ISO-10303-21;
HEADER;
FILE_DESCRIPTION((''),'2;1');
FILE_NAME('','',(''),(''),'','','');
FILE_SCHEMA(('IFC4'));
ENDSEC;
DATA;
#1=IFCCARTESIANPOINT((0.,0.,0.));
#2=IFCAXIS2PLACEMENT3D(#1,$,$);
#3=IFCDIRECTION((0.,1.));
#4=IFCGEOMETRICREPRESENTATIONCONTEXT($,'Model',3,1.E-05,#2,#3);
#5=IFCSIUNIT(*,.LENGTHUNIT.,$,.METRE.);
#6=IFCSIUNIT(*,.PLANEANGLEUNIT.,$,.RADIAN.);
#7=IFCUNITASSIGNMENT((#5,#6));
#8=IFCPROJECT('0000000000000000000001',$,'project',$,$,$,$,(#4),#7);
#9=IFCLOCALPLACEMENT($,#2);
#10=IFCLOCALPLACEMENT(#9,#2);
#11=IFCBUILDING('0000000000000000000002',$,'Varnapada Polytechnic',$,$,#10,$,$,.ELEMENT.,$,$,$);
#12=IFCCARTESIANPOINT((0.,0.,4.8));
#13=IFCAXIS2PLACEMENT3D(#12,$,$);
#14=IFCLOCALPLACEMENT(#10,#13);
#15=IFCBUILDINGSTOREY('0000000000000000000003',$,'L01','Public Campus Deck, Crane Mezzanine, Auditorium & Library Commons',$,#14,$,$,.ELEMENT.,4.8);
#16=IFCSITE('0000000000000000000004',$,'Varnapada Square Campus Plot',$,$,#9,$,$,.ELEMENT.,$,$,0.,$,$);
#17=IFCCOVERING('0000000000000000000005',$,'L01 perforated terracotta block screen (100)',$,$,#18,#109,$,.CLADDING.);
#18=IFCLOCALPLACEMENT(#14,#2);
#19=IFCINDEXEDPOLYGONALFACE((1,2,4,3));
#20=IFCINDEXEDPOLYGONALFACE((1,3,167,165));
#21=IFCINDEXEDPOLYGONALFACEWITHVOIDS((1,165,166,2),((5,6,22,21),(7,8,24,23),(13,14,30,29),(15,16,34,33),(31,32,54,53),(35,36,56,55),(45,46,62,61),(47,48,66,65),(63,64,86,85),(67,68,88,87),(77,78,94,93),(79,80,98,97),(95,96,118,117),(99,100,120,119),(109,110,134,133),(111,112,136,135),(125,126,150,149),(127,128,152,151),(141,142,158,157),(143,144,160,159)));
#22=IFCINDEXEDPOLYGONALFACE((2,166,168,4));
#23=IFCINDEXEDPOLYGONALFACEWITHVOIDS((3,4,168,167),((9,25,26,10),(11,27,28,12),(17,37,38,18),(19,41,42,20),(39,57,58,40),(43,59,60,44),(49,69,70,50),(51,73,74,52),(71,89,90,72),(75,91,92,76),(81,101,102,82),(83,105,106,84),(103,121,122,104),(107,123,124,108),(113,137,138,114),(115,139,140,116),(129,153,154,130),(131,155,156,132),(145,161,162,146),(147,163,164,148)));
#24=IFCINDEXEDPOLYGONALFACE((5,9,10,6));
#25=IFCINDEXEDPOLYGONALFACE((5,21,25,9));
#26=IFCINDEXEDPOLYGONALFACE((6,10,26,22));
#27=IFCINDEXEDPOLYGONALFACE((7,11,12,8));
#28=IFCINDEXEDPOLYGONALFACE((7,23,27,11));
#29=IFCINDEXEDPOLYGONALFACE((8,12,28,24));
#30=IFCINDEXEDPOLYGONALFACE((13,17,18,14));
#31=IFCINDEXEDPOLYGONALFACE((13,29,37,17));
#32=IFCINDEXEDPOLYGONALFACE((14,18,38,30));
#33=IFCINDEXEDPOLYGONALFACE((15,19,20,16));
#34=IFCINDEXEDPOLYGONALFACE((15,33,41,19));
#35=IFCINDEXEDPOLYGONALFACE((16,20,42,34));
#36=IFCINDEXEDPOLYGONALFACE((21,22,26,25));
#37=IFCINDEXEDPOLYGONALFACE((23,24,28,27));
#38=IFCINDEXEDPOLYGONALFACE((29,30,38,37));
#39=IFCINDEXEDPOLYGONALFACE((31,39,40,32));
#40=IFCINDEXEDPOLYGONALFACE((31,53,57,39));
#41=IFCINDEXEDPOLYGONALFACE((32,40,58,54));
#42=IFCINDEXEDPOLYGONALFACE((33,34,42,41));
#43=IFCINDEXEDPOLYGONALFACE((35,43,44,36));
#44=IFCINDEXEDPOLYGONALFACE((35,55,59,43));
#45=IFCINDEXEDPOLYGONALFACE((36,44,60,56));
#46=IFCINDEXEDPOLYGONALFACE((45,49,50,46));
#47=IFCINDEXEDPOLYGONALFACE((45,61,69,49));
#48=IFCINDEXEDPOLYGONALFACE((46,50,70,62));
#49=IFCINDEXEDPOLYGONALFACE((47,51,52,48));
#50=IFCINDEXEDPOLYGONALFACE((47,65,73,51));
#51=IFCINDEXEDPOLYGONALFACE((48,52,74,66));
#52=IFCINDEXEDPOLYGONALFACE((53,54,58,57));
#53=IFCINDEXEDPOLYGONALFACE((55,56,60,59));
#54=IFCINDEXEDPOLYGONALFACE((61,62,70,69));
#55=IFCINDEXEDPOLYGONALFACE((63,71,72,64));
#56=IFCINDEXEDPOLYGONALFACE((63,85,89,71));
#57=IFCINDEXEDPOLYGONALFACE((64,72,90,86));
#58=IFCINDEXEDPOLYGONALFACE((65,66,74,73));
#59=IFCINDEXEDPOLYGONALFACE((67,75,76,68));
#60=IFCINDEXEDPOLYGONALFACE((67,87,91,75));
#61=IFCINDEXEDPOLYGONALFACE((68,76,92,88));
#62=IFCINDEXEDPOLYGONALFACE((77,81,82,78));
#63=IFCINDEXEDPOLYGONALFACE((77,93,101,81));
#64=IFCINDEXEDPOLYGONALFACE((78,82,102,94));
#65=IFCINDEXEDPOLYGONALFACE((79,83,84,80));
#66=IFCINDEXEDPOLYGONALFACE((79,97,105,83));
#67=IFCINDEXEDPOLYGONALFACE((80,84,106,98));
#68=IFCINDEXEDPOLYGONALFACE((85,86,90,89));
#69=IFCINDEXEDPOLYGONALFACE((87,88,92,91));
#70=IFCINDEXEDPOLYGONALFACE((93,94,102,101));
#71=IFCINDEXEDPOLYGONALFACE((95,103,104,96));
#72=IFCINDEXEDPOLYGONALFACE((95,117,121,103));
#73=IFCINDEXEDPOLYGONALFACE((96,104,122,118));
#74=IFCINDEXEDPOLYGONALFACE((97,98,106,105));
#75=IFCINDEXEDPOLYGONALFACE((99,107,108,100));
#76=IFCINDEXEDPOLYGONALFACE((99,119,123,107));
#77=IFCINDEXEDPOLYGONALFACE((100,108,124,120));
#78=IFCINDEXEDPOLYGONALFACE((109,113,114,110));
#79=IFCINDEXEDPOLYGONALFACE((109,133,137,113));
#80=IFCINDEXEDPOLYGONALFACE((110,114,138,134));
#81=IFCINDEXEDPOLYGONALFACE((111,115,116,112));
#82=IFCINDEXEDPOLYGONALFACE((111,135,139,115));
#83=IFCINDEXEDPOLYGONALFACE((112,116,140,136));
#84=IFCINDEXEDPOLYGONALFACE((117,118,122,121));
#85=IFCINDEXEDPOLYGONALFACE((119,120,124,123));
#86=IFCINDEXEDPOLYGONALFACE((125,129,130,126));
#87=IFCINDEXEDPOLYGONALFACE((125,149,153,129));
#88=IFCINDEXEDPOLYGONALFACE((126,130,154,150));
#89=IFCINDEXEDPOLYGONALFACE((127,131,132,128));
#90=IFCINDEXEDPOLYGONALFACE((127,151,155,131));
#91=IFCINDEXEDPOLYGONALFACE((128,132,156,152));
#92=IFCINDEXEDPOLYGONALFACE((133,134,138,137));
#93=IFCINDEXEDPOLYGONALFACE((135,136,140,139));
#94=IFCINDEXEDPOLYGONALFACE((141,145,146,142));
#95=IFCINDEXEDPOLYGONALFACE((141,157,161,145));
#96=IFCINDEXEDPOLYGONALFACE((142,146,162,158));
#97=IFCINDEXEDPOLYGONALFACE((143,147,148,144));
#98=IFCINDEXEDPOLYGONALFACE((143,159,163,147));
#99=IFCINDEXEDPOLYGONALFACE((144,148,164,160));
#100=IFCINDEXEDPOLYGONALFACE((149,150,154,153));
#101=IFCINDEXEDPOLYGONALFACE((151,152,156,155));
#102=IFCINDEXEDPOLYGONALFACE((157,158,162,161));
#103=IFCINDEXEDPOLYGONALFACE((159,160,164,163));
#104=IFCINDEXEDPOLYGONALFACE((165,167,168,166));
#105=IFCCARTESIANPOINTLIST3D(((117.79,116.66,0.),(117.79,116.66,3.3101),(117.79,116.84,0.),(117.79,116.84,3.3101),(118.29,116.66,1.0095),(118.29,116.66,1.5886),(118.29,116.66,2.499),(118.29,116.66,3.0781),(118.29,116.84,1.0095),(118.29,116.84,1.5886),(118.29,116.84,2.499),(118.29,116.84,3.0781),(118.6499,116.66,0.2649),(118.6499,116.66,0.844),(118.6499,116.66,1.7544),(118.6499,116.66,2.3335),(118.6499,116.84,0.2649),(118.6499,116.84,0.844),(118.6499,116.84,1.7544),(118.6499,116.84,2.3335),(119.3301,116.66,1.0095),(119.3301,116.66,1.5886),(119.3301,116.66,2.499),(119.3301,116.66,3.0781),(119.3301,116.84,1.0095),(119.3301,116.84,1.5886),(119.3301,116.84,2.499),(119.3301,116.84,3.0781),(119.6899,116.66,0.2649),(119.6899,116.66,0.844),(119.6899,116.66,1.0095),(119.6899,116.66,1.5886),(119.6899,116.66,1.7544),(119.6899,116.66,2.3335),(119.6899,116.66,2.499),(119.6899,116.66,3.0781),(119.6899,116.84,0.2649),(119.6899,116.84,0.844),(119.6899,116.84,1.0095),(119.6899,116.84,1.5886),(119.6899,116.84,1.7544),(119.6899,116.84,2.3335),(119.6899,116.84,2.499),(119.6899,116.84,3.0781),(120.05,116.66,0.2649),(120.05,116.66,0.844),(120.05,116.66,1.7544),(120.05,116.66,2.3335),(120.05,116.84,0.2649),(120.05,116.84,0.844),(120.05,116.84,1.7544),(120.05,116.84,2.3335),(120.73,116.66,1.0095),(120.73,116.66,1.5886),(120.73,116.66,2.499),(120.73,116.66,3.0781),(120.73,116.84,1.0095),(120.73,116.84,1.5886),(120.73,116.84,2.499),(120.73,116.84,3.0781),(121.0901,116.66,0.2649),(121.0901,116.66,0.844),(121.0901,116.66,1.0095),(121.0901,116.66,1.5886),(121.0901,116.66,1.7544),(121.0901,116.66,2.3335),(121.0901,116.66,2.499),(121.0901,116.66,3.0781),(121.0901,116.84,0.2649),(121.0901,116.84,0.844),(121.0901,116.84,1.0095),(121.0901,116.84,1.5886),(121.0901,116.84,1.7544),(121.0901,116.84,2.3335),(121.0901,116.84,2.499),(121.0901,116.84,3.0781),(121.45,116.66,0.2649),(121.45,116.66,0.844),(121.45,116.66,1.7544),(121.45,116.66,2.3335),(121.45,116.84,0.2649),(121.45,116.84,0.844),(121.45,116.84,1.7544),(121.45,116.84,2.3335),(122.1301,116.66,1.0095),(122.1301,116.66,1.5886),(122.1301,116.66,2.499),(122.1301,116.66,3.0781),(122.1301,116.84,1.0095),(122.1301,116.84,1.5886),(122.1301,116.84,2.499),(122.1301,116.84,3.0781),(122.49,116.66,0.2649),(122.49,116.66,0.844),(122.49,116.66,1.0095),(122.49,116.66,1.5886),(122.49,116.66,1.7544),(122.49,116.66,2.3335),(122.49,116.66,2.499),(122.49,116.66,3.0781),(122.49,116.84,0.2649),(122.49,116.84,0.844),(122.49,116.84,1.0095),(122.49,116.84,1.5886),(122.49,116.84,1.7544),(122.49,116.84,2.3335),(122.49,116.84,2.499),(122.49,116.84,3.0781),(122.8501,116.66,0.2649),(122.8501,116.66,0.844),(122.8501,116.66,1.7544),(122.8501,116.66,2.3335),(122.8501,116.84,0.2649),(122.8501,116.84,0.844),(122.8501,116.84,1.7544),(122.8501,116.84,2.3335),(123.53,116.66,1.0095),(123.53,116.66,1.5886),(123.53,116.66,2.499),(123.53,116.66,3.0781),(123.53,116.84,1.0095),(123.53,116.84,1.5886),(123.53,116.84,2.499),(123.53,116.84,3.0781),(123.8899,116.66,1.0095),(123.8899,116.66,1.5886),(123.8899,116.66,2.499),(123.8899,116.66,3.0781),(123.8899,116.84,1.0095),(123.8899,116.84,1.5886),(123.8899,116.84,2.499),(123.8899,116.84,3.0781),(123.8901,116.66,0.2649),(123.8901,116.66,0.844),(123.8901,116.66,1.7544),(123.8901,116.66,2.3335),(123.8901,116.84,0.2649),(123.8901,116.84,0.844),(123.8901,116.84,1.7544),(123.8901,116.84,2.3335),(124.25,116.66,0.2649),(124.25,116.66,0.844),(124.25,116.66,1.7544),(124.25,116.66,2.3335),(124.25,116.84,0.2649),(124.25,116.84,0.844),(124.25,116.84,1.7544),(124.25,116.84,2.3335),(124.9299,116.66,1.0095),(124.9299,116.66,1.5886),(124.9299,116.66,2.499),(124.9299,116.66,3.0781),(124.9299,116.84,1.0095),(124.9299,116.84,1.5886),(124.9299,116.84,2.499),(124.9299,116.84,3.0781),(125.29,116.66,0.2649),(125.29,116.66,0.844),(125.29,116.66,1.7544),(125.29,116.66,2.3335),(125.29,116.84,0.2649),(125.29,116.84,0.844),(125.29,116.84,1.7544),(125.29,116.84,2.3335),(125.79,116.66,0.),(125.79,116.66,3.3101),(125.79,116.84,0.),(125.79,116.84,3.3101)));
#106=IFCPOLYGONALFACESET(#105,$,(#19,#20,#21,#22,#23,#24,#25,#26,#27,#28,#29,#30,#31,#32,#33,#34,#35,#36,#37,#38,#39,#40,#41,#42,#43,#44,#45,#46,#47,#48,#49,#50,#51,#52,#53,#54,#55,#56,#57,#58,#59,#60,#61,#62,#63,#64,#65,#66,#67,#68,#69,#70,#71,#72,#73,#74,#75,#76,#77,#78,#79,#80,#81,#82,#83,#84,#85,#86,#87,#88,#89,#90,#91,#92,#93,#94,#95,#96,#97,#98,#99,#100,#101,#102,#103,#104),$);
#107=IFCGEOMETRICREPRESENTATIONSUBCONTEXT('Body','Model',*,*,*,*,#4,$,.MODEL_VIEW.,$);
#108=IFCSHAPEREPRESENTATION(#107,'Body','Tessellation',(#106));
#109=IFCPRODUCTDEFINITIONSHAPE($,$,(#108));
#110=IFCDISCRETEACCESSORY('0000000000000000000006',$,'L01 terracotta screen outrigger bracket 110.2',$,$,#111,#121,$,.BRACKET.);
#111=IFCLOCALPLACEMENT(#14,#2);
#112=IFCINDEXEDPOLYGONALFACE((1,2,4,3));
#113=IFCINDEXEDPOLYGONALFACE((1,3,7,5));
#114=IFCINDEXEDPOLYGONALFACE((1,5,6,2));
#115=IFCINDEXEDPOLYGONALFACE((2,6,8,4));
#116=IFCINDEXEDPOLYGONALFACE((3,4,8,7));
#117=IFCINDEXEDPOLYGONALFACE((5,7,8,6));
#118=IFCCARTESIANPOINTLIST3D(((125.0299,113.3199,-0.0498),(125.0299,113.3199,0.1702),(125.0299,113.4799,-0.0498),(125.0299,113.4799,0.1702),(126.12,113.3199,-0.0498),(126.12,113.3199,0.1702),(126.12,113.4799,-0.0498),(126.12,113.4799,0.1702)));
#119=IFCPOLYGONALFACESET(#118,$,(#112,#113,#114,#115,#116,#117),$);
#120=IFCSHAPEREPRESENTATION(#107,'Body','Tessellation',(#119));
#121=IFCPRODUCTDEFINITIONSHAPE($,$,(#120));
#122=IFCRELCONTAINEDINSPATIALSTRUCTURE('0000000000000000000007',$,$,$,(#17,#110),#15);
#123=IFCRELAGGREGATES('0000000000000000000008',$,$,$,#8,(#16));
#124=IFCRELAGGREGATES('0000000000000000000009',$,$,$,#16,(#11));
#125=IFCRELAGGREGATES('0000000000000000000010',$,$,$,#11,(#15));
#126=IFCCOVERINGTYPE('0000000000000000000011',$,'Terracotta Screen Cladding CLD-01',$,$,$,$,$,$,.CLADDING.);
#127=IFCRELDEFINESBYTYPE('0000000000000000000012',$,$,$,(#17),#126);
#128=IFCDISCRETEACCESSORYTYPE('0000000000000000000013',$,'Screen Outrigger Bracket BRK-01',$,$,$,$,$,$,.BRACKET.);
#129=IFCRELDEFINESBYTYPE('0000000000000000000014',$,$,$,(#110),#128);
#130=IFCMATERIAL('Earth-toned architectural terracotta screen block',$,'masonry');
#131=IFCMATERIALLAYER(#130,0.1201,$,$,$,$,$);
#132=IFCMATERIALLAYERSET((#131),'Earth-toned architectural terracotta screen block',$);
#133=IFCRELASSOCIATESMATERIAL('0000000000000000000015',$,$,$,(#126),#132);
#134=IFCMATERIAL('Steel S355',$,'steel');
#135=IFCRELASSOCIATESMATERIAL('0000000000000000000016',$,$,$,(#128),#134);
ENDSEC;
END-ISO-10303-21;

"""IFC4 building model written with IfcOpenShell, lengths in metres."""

from ifc_helpers import new_model, si_unit, direction, frame, frame_2d, origin, origin_2d, place, context, subcontext, project, spatial, rectangle, extrude, material, layer, layer_set, type_object, element, save


model = new_model("IFC4")

# Units and contexts
model_context = context("Model", 3, precision=1e-05, world=origin(), true_north=direction((0.0, 1.0)))
body_context = subcontext(model_context, "Body", "Model", "MODEL_VIEW")
ifc_project = project(units=[si_unit("LENGTHUNIT", "METRE"), si_unit("PLANEANGLEUNIT", "RADIAN")], contexts=[model_context])

# Site, building, storey
site_placement = place(None, origin())
site = spatial("IfcSite", under=ifc_project, at=site_placement, Name="Varnapada Square Campus Plot", CompositionType="ELEMENT", RefElevation=0.0)
building_placement = place(site_placement, origin())
building = spatial("IfcBuilding", under=site, at=building_placement, Name="Varnapada Polytechnic", CompositionType="ELEMENT")
storey_placement = place(building_placement, frame((0.0, 0.0, 4.8)))
storey = spatial("IfcBuildingStorey", under=building, at=storey_placement, Name="L01", Description="Public Campus Deck, Crane Mezzanine, Auditorium & Library Commons", CompositionType="ELEMENT", Elevation=4.8)

# Shared definitions
ifc_material_1 = material(Name="Steel S355", Category="steel")

# Covering, openings
ifc_material_2 = material(Name="Earth-toned architectural terracotta screen block", Category="masonry")
ifc_layer_1 = layer(ifc_material_2, 0.1201)
ifc_layer_set_1 = layer_set([ifc_layer_1], Name="Earth-toned architectural terracotta screen block")
covering_type_1 = type_object("IfcCoveringType", Name="Terracotta Screen Cladding CLD-01", PredefinedType="CLADDING", material=ifc_layer_set_1)
covering_1_placement = place(storey_placement, frame((125.79, 116.75, 0.0), z_axis=(0.0, 0.0, 1.0), x_axis=(-1.0, 0.0, 0.0)))
covering_1 = element("IfcCovering", 1, at=covering_1_placement, inside=storey, type_object=covering_type_1, Name="L01 perforated terracotta block screen (100)", PredefinedType="CLADDING", context=body_context, shape_type="SweptSolid", body=[
    extrude(rectangle(XDim=8.0, YDim=0.1799, at=frame_2d((4.0, 0.0))), origin(), (0.0, 0.0, 1.0), 3.3101),
])
opening_1_placement = place(covering_1_placement, frame((0.5, 0.0, 0.2649)))
element("IfcOpeningElement", 2, at=opening_1_placement, cuts=covering_1, PredefinedType="OPENING", context=body_context, shape_type="SweptSolid", body=[
    extrude(rectangle(XDim=1.04, YDim=0.5791, at=frame_2d((0.52, 0.2896))), frame((0.0, 0.0999, 0.0), z_axis=(0.0, -1.0, 0.0), x_axis=(1.0, 0.0, 0.0)), (0.0, 0.0, 1.0), 0.2),
])
opening_2_placement = place(covering_1_placement, frame((1.8999, 0.0, 0.2649)))
element("IfcOpeningElement", 3, at=opening_2_placement, cuts=covering_1, PredefinedType="OPENING", context=body_context, shape_type="SweptSolid", body=[
    extrude(rectangle(XDim=1.04, YDim=0.5791, at=frame_2d((0.52, 0.2896))), frame((0.0, 0.0999, 0.0), z_axis=(0.0, -1.0, 0.0), x_axis=(1.0, 0.0, 0.0)), (0.0, 0.0, 1.0), 0.2),
])
opening_3_placement = place(covering_1_placement, frame((3.3, 0.0, 0.2649)))
element("IfcOpeningElement", 4, at=opening_3_placement, cuts=covering_1, PredefinedType="OPENING", context=body_context, shape_type="SweptSolid", body=[
    extrude(rectangle(XDim=1.04, YDim=0.5791, at=frame_2d((0.52, 0.2896))), frame((0.0, 0.0999, 0.0), z_axis=(0.0, -1.0, 0.0), x_axis=(1.0, 0.0, 0.0)), (0.0, 0.0, 1.0), 0.2),
])
opening_4_placement = place(covering_1_placement, frame((4.7, 0.0, 0.2649)))
element("IfcOpeningElement", 5, at=opening_4_placement, cuts=covering_1, PredefinedType="OPENING", context=body_context, shape_type="SweptSolid", body=[
    extrude(rectangle(XDim=1.04, YDim=0.5791, at=frame_2d((0.52, 0.2896))), frame((0.0, 0.0999, 0.0), z_axis=(0.0, -1.0, 0.0), x_axis=(1.0, 0.0, 0.0)), (0.0, 0.0, 1.0), 0.2),
])
opening_5_placement = place(covering_1_placement, frame((6.1001, 0.0, 0.2649)))
element("IfcOpeningElement", 6, at=opening_5_placement, cuts=covering_1, PredefinedType="OPENING", context=body_context, shape_type="SweptSolid", body=[
    extrude(rectangle(XDim=1.04, YDim=0.5791, at=frame_2d((0.52, 0.2896))), frame((0.0, 0.0999, 0.0), z_axis=(0.0, -1.0, 0.0), x_axis=(1.0, 0.0, 0.0)), (0.0, 0.0, 1.0), 0.2),
])
opening_6_placement = place(covering_1_placement, frame((0.8601, 0.0, 1.0095)))
element("IfcOpeningElement", 7, at=opening_6_placement, cuts=covering_1, PredefinedType="OPENING", context=body_context, shape_type="SweptSolid", body=[
    extrude(rectangle(XDim=1.04, YDim=0.5791, at=frame_2d((0.52, 0.2896))), frame((0.0, 0.0999, 0.0), z_axis=(0.0, -1.0, 0.0), x_axis=(1.0, 0.0, 0.0)), (0.0, 0.0, 1.0), 0.2),
])
opening_7_placement = place(covering_1_placement, frame((2.26, 0.0, 1.0095)))
element("IfcOpeningElement", 8, at=opening_7_placement, cuts=covering_1, PredefinedType="OPENING", context=body_context, shape_type="SweptSolid", body=[
    extrude(rectangle(XDim=1.04, YDim=0.5791, at=frame_2d((0.52, 0.2896))), frame((0.0, 0.0999, 0.0), z_axis=(0.0, -1.0, 0.0), x_axis=(1.0, 0.0, 0.0)), (0.0, 0.0, 1.0), 0.2),
])
opening_8_placement = place(covering_1_placement, frame((3.6599, 0.0, 1.0095)))
element("IfcOpeningElement", 9, at=opening_8_placement, cuts=covering_1, PredefinedType="OPENING", context=body_context, shape_type="SweptSolid", body=[
    extrude(rectangle(XDim=1.04, YDim=0.5791, at=frame_2d((0.52, 0.2896))), frame((0.0, 0.0999, 0.0), z_axis=(0.0, -1.0, 0.0), x_axis=(1.0, 0.0, 0.0)), (0.0, 0.0, 1.0), 0.2),
])
opening_9_placement = place(covering_1_placement, frame((5.0601, 0.0, 1.0095)))
element("IfcOpeningElement", 10, at=opening_9_placement, cuts=covering_1, PredefinedType="OPENING", context=body_context, shape_type="SweptSolid", body=[
    extrude(rectangle(XDim=1.04, YDim=0.5791, at=frame_2d((0.52, 0.2896))), frame((0.0, 0.0999, 0.0), z_axis=(0.0, -1.0, 0.0), x_axis=(1.0, 0.0, 0.0)), (0.0, 0.0, 1.0), 0.2),
])
opening_10_placement = place(covering_1_placement, frame((6.46, 0.0, 1.0095)))
element("IfcOpeningElement", 11, at=opening_10_placement, cuts=covering_1, PredefinedType="OPENING", context=body_context, shape_type="SweptSolid", body=[
    extrude(rectangle(XDim=1.04, YDim=0.5791, at=frame_2d((0.52, 0.2896))), frame((0.0, 0.0999, 0.0), z_axis=(0.0, -1.0, 0.0), x_axis=(1.0, 0.0, 0.0)), (0.0, 0.0, 1.0), 0.2),
])
opening_11_placement = place(covering_1_placement, frame((0.5, 0.0, 1.7544)))
element("IfcOpeningElement", 12, at=opening_11_placement, cuts=covering_1, PredefinedType="OPENING", context=body_context, shape_type="SweptSolid", body=[
    extrude(rectangle(XDim=1.04, YDim=0.5791, at=frame_2d((0.52, 0.2896))), frame((0.0, 0.0999, 0.0), z_axis=(0.0, -1.0, 0.0), x_axis=(1.0, 0.0, 0.0)), (0.0, 0.0, 1.0), 0.2),
])
opening_12_placement = place(covering_1_placement, frame((1.8999, 0.0, 1.7544)))
element("IfcOpeningElement", 13, at=opening_12_placement, cuts=covering_1, PredefinedType="OPENING", context=body_context, shape_type="SweptSolid", body=[
    extrude(rectangle(XDim=1.04, YDim=0.5791, at=frame_2d((0.52, 0.2896))), frame((0.0, 0.0999, 0.0), z_axis=(0.0, -1.0, 0.0), x_axis=(1.0, 0.0, 0.0)), (0.0, 0.0, 1.0), 0.2),
])
opening_13_placement = place(covering_1_placement, frame((3.3, 0.0, 1.7544)))
element("IfcOpeningElement", 14, at=opening_13_placement, cuts=covering_1, PredefinedType="OPENING", context=body_context, shape_type="SweptSolid", body=[
    extrude(rectangle(XDim=1.04, YDim=0.5791, at=frame_2d((0.52, 0.2896))), frame((0.0, 0.0999, 0.0), z_axis=(0.0, -1.0, 0.0), x_axis=(1.0, 0.0, 0.0)), (0.0, 0.0, 1.0), 0.2),
])
opening_14_placement = place(covering_1_placement, frame((4.7, 0.0, 1.7544)))
element("IfcOpeningElement", 15, at=opening_14_placement, cuts=covering_1, PredefinedType="OPENING", context=body_context, shape_type="SweptSolid", body=[
    extrude(rectangle(XDim=1.04, YDim=0.5791, at=frame_2d((0.52, 0.2896))), frame((0.0, 0.0999, 0.0), z_axis=(0.0, -1.0, 0.0), x_axis=(1.0, 0.0, 0.0)), (0.0, 0.0, 1.0), 0.2),
])
opening_15_placement = place(covering_1_placement, frame((6.1001, 0.0, 1.7544)))
element("IfcOpeningElement", 16, at=opening_15_placement, cuts=covering_1, PredefinedType="OPENING", context=body_context, shape_type="SweptSolid", body=[
    extrude(rectangle(XDim=1.04, YDim=0.5791, at=frame_2d((0.52, 0.2896))), frame((0.0, 0.0999, 0.0), z_axis=(0.0, -1.0, 0.0), x_axis=(1.0, 0.0, 0.0)), (0.0, 0.0, 1.0), 0.2),
])
opening_16_placement = place(covering_1_placement, frame((0.8601, 0.0, 2.499)))
element("IfcOpeningElement", 17, at=opening_16_placement, cuts=covering_1, PredefinedType="OPENING", context=body_context, shape_type="SweptSolid", body=[
    extrude(rectangle(XDim=1.04, YDim=0.5791, at=frame_2d((0.52, 0.2896))), frame((0.0, 0.0999, 0.0), z_axis=(0.0, -1.0, 0.0), x_axis=(1.0, 0.0, 0.0)), (0.0, 0.0, 1.0), 0.2),
])
opening_17_placement = place(covering_1_placement, frame((2.26, 0.0, 2.499)))
element("IfcOpeningElement", 18, at=opening_17_placement, cuts=covering_1, PredefinedType="OPENING", context=body_context, shape_type="SweptSolid", body=[
    extrude(rectangle(XDim=1.04, YDim=0.5791, at=frame_2d((0.52, 0.2896))), frame((0.0, 0.0999, 0.0), z_axis=(0.0, -1.0, 0.0), x_axis=(1.0, 0.0, 0.0)), (0.0, 0.0, 1.0), 0.2),
])
opening_18_placement = place(covering_1_placement, frame((3.6599, 0.0, 2.499)))
element("IfcOpeningElement", 19, at=opening_18_placement, cuts=covering_1, PredefinedType="OPENING", context=body_context, shape_type="SweptSolid", body=[
    extrude(rectangle(XDim=1.04, YDim=0.5791, at=frame_2d((0.52, 0.2896))), frame((0.0, 0.0999, 0.0), z_axis=(0.0, -1.0, 0.0), x_axis=(1.0, 0.0, 0.0)), (0.0, 0.0, 1.0), 0.2),
])
opening_19_placement = place(covering_1_placement, frame((5.0601, 0.0, 2.499)))
element("IfcOpeningElement", 20, at=opening_19_placement, cuts=covering_1, PredefinedType="OPENING", context=body_context, shape_type="SweptSolid", body=[
    extrude(rectangle(XDim=1.04, YDim=0.5791, at=frame_2d((0.52, 0.2896))), frame((0.0, 0.0999, 0.0), z_axis=(0.0, -1.0, 0.0), x_axis=(1.0, 0.0, 0.0)), (0.0, 0.0, 1.0), 0.2),
])
opening_20_placement = place(covering_1_placement, frame((6.46, 0.0, 2.499)))
element("IfcOpeningElement", 21, at=opening_20_placement, cuts=covering_1, PredefinedType="OPENING", context=body_context, shape_type="SweptSolid", body=[
    extrude(rectangle(XDim=1.04, YDim=0.5791, at=frame_2d((0.52, 0.2896))), frame((0.0, 0.0999, 0.0), z_axis=(0.0, -1.0, 0.0), x_axis=(1.0, 0.0, 0.0)), (0.0, 0.0, 1.0), 0.2),
])

# Discrete accessory
discrete_accessory_type = type_object("IfcDiscreteAccessoryType", Name="Screen Outrigger Bracket BRK-01", PredefinedType="BRACKET", material=ifc_material_1)
for number, where, z_axis, x_axis, name in (
    (22, (125.575, 113.3999, -0.0498), (0.0, 0.0, 1.0), (0.0, 1.0, 0.0), "L01 terracotta screen outrigger bracket 110.2"),
):
    element("IfcDiscreteAccessory", number, at=place(storey_placement, frame(where, z_axis=z_axis, x_axis=x_axis)), inside=storey, type_object=discrete_accessory_type, Name=name, PredefinedType="BRACKET", context=body_context, shape_type="SweptSolid", body=[
        extrude(rectangle(XDim=0.1599, YDim=1.0901, at=origin_2d()), origin(), (0.0, 0.0, 1.0), 0.22),
    ])

save(model, "model.ifc")
